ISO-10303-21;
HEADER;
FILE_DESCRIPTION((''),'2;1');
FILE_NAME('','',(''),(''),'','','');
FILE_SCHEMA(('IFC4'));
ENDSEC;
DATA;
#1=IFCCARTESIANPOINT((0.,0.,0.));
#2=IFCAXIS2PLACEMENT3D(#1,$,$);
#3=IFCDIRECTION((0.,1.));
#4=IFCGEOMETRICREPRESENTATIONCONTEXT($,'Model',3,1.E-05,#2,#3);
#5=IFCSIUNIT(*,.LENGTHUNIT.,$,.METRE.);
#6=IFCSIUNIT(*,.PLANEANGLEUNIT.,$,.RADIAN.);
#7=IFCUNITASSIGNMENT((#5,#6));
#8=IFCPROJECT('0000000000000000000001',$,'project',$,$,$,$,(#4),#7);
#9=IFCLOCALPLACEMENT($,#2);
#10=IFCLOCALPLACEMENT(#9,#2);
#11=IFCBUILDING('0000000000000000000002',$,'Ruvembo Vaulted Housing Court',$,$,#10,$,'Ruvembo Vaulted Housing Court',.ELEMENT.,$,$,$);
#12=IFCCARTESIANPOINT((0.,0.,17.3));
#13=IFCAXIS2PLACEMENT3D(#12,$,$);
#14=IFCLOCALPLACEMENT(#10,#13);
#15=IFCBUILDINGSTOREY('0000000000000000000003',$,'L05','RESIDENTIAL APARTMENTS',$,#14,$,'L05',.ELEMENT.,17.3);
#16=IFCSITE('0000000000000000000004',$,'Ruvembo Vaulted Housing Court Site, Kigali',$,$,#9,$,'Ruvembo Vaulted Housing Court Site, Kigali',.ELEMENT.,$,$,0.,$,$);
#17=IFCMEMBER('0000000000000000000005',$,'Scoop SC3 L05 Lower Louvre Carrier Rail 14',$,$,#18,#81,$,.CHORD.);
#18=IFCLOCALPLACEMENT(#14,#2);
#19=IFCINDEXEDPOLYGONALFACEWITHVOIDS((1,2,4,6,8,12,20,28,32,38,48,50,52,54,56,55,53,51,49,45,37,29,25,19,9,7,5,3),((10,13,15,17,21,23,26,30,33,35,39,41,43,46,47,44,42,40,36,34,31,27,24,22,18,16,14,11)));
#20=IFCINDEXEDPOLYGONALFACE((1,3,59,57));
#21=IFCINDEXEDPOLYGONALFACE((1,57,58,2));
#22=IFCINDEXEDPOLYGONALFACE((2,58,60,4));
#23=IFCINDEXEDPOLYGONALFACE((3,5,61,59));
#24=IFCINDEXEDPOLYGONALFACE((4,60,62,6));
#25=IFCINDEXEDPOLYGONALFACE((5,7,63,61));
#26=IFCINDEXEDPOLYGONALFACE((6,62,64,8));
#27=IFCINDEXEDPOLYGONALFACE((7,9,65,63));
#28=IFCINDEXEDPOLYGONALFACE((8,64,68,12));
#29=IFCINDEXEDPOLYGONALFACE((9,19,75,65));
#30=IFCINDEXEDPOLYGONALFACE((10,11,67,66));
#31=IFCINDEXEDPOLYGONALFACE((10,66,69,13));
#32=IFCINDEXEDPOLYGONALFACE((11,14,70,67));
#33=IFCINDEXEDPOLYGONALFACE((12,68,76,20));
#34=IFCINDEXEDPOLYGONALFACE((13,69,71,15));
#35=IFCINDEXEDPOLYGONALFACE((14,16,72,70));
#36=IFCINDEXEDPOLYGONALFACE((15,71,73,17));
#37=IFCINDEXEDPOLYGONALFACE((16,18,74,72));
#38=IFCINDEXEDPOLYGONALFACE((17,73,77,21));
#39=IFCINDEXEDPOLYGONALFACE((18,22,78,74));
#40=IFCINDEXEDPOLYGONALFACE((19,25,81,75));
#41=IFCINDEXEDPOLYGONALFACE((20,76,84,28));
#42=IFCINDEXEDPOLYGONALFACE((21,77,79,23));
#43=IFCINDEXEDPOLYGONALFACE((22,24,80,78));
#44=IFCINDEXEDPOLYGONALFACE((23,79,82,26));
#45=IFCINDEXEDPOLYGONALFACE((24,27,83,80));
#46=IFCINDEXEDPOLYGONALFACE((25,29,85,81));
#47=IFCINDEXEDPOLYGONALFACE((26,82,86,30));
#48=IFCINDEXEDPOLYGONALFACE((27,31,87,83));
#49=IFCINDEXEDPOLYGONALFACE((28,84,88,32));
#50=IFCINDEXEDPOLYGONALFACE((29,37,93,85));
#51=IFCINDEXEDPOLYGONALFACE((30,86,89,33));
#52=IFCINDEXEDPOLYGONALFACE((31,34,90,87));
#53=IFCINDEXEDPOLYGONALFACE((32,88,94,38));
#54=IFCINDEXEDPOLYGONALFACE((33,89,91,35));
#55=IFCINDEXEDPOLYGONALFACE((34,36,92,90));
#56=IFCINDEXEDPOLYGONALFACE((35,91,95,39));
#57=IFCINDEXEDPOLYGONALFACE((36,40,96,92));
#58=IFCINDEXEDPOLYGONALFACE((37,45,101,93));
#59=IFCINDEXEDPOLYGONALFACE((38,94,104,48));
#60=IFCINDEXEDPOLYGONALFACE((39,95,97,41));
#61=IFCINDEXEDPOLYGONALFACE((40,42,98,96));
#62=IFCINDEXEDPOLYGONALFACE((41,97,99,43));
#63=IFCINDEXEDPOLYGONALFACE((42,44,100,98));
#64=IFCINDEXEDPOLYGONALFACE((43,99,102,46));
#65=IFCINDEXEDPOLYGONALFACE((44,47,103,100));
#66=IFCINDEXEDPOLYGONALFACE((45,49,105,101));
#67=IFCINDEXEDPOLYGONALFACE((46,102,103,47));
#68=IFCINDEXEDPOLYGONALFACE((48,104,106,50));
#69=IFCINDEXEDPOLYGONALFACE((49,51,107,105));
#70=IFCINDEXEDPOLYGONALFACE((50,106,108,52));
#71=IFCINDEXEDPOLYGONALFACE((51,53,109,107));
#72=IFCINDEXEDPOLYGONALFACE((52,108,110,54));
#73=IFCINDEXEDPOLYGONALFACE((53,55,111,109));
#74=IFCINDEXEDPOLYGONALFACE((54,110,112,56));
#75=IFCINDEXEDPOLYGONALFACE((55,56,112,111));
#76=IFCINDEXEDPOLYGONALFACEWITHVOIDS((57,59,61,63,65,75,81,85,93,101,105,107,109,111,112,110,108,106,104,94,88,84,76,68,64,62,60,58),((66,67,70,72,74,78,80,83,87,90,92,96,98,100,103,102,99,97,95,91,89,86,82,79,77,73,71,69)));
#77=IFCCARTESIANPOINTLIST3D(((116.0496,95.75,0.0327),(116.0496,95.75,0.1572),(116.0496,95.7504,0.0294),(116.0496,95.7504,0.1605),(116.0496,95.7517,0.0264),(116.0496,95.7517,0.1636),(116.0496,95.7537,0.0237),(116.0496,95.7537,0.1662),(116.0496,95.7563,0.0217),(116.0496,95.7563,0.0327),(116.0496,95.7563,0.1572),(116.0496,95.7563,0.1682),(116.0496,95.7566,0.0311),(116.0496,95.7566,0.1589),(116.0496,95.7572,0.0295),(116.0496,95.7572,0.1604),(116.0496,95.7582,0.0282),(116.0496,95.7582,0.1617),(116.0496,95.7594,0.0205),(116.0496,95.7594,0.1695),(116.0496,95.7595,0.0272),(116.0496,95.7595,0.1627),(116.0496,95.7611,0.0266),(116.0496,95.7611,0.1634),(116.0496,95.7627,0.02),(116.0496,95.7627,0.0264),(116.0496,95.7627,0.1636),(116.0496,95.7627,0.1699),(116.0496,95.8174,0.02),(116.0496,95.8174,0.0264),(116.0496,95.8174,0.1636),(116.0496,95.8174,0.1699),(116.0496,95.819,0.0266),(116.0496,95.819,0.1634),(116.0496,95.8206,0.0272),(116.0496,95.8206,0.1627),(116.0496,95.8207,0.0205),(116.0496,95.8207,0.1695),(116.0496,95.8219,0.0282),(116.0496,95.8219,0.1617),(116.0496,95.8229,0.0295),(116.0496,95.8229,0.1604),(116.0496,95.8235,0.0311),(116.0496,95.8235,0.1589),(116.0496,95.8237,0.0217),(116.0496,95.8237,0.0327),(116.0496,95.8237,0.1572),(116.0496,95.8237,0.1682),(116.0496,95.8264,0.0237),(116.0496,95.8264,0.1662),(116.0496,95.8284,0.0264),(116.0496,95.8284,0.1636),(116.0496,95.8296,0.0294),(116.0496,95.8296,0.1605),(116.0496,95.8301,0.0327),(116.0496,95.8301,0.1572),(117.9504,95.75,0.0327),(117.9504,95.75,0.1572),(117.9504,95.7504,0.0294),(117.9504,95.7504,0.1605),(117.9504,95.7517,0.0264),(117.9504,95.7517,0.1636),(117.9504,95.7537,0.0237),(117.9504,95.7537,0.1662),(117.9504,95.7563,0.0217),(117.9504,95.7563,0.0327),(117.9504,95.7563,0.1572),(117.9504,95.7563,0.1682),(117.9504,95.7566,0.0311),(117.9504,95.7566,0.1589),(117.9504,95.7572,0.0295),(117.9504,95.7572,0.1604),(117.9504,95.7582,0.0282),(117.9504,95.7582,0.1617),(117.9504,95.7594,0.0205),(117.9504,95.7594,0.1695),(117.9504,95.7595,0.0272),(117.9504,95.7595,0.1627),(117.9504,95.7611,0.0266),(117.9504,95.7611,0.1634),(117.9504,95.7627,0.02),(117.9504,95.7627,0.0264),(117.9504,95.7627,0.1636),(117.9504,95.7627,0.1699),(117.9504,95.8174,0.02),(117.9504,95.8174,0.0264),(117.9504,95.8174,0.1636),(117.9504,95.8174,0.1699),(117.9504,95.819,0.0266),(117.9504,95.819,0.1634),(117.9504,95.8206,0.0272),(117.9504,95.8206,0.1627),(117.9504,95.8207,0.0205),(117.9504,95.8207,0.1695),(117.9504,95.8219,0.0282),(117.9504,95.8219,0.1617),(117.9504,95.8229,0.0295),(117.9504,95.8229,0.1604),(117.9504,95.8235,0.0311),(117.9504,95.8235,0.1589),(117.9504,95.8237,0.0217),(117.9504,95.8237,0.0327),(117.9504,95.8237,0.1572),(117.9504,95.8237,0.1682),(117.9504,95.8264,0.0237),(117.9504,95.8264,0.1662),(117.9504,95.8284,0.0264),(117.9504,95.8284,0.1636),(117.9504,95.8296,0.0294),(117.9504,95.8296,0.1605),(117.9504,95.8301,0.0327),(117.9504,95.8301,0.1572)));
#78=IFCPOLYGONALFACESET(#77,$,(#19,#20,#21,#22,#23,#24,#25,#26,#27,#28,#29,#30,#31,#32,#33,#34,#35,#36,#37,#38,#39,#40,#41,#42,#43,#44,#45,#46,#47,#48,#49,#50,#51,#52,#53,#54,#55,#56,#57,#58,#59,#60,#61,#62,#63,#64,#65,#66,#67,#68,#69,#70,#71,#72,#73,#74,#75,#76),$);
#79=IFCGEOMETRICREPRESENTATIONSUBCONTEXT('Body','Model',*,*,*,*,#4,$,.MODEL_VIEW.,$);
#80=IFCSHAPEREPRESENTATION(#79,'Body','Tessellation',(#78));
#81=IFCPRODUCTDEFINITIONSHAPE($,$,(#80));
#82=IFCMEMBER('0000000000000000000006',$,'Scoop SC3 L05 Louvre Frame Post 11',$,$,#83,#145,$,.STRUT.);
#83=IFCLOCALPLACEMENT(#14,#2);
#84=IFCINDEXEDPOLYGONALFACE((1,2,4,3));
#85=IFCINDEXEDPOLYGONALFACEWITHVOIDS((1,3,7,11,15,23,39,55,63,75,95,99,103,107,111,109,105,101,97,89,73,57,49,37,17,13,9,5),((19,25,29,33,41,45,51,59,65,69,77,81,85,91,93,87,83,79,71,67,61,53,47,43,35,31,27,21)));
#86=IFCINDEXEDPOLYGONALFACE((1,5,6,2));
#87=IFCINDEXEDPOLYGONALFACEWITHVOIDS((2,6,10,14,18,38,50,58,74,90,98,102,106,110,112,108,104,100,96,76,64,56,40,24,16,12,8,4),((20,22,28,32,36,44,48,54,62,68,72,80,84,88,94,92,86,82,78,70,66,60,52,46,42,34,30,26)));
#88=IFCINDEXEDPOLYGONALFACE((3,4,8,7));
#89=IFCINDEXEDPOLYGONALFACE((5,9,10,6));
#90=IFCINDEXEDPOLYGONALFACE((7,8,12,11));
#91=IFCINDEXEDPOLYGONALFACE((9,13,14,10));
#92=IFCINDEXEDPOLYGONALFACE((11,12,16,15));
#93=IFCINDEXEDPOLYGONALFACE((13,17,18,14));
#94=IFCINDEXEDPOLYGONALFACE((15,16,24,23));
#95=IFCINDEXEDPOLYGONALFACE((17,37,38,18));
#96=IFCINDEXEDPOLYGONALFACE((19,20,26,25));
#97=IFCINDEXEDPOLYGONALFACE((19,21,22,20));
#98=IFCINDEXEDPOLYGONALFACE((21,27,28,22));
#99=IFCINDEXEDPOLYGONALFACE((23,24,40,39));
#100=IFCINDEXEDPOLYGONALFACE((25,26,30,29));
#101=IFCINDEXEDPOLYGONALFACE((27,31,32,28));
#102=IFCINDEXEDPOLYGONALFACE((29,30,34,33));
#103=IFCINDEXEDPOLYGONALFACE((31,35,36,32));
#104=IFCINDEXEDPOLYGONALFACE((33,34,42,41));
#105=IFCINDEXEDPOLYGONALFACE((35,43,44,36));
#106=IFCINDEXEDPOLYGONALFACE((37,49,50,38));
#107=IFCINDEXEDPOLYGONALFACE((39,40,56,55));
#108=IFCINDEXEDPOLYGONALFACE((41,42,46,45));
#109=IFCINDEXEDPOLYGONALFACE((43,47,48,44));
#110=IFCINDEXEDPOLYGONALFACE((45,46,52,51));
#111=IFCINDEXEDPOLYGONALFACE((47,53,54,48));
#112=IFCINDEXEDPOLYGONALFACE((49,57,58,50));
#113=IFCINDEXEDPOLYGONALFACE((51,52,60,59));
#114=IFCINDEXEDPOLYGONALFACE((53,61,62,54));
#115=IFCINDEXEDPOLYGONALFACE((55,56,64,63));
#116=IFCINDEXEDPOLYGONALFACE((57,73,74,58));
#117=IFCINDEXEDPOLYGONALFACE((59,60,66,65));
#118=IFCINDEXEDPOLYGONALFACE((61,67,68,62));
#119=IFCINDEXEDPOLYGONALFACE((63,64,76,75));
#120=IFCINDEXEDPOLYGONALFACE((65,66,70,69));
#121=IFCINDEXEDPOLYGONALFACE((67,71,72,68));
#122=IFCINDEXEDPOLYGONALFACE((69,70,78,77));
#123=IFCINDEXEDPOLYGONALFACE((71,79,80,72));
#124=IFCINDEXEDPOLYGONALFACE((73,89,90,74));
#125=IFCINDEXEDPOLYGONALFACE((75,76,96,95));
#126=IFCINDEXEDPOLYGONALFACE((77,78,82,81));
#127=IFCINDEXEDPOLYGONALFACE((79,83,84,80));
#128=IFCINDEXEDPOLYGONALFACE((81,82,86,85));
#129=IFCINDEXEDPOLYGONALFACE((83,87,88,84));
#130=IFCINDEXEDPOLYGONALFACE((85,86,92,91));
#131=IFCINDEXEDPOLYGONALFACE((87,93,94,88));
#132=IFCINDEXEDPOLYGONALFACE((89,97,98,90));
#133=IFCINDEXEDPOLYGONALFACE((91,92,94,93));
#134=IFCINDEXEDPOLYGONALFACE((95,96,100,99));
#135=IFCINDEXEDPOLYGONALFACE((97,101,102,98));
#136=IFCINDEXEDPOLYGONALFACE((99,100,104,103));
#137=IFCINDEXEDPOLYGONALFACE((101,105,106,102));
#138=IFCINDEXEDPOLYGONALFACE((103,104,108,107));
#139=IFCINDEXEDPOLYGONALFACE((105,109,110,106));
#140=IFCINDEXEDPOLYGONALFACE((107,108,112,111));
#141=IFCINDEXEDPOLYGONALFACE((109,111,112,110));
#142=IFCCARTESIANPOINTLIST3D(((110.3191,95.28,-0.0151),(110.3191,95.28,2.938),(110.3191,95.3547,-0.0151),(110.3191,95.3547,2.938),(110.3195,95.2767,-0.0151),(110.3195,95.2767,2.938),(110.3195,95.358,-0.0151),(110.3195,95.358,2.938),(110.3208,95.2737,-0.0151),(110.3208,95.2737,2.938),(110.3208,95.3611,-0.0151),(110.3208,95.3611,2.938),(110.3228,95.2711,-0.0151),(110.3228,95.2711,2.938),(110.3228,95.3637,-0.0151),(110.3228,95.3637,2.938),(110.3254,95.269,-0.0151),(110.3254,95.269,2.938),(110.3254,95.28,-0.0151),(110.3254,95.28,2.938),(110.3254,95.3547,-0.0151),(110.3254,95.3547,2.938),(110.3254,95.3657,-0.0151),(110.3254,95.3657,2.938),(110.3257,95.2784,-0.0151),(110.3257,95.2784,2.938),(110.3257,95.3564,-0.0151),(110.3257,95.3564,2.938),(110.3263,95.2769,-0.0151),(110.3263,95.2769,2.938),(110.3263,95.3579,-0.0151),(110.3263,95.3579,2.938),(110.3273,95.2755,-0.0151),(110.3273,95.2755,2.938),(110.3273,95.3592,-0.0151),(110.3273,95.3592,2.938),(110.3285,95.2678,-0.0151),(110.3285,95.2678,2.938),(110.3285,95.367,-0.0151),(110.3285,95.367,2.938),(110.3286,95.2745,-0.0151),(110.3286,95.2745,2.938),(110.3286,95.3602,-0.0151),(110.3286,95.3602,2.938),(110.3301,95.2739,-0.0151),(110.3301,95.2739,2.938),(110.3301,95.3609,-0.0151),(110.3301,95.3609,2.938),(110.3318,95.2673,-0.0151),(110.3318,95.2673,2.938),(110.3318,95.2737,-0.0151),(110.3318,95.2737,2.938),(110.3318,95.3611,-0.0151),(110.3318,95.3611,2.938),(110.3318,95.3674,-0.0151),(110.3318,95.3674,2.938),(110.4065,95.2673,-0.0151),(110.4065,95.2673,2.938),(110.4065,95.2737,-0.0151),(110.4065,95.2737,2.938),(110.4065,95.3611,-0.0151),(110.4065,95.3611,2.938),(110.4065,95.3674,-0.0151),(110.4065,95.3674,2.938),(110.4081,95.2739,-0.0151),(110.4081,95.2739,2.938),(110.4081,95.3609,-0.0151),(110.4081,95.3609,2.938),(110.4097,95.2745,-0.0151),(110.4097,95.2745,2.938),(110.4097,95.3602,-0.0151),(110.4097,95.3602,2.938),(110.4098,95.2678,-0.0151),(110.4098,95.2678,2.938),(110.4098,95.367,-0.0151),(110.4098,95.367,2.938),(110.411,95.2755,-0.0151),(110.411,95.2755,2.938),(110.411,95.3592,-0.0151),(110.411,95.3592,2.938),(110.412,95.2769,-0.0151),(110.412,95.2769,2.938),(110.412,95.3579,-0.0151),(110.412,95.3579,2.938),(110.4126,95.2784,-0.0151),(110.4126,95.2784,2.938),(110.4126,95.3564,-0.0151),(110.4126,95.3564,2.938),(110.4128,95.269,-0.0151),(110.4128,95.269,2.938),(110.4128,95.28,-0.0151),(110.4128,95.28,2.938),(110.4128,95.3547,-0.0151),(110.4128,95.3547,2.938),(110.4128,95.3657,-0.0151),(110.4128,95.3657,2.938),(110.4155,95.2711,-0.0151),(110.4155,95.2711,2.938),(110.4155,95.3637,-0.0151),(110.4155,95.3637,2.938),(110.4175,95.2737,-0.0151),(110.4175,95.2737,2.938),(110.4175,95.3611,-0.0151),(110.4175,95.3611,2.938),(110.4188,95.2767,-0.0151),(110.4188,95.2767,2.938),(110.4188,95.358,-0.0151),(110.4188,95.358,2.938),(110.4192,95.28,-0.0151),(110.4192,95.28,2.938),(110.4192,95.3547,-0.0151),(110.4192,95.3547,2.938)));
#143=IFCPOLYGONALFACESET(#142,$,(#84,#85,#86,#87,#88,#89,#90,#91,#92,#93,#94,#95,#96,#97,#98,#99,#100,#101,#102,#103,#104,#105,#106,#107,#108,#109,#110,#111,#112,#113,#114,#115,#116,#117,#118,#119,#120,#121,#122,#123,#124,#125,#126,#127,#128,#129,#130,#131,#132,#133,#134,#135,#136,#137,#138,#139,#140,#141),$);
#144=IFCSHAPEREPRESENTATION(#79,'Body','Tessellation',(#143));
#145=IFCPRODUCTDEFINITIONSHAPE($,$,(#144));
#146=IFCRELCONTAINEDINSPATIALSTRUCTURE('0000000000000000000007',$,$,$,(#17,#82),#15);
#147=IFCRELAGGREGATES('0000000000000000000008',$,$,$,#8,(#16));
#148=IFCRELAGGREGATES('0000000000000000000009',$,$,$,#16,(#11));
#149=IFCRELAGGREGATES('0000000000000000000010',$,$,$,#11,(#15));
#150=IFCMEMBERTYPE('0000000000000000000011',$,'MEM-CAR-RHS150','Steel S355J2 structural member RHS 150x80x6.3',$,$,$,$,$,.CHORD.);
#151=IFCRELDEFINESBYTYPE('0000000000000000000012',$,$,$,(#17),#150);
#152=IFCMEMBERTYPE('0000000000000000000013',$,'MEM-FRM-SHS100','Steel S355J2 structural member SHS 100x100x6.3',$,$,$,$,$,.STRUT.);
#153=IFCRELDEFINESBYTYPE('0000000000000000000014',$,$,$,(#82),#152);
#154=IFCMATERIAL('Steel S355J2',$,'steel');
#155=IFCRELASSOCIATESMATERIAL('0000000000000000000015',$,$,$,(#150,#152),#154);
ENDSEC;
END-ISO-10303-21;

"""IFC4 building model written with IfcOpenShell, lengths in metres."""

from ifc_helpers import new_model, si_unit, direction, frame, origin, origin_2d, place, context, subcontext, project, spatial, hollow_rectangle, extrude, material, material_profile, profile_set, type_object, element, save


model = new_model("IFC4")

# Units and contexts
model_context = context("Model", 3, precision=1e-05, world=origin(), true_north=direction((0.0, 1.0)))
body_context = subcontext(model_context, "Body", "Model", "MODEL_VIEW")
ifc_project = project(units=[si_unit("LENGTHUNIT", "METRE"), si_unit("PLANEANGLEUNIT", "RADIAN")], contexts=[model_context])

# Site, building, storey
site_placement = place(None, origin())
site = spatial("IfcSite", under=ifc_project, at=site_placement, Name="Ruvembo Vaulted Housing Court Site, Kigali", LongName="Ruvembo Vaulted Housing Court Site, Kigali", CompositionType="ELEMENT", RefElevation=0.0)
building_placement = place(site_placement, origin())
building = spatial("IfcBuilding", under=site, at=building_placement, Name="Ruvembo Vaulted Housing Court", LongName="Ruvembo Vaulted Housing Court", CompositionType="ELEMENT")
storey_placement = place(building_placement, frame((0.0, 0.0, 17.3)))
storey = spatial("IfcBuildingStorey", under=building, at=storey_placement, Name="L05", Description="RESIDENTIAL APARTMENTS", LongName="L05", CompositionType="ELEMENT", Elevation=17.3)

# Shared definitions
ifc_material_1 = material(Name="Steel S355J2", Category="steel")

# Members
ifc_material_profile_1 = material_profile(ifc_material_1, hollow_rectangle(XDim=0.0801, YDim=0.1499, WallThickness=0.0063, InnerFilletRadius=0.0063, OuterFilletRadius=0.0127, at=origin_2d()), Name="RHS 150x80x6.3")
ifc_profile_set_1 = profile_set([ifc_material_profile_1], Name="Steel S355J2")
member_type_1 = type_object("IfcMemberType", Name="MEM-CAR-RHS150", Description="Steel S355J2 structural member RHS 150x80x6.3", PredefinedType="CHORD", material=ifc_profile_set_1)
member_1_placement = place(storey_placement, frame((116.0496, 95.79, 0.095), z_axis=(1.0, 0.0, 0.0), x_axis=(0.0, 1.0, 0.0)))
element("IfcMember", 1, at=member_1_placement, inside=storey, type_object=member_type_1, Name="Scoop SC3 L05 Lower Louvre Carrier Rail 14", PredefinedType="CHORD", context=body_context, shape_type="SweptSolid", body=[
    extrude(hollow_rectangle(XDim=0.0801, YDim=0.1499, WallThickness=0.0063, InnerFilletRadius=0.0063, OuterFilletRadius=0.0127, at=origin_2d()), origin(), (0.0, 0.0, 1.0), 1.9009),
])
ifc_material_profile_2 = material_profile(ifc_material_1, hollow_rectangle(XDim=0.1001, YDim=0.1001, WallThickness=0.0063, InnerFilletRadius=0.0063, OuterFilletRadius=0.0127, at=origin_2d()), Name="SHS 100x100x6.3")
ifc_profile_set_2 = profile_set([ifc_material_profile_2], Name="Steel S355J2")
member_type_2 = type_object("IfcMemberType", Name="MEM-FRM-SHS100", Description="Steel S355J2 structural member SHS 100x100x6.3", PredefinedType="STRUT", material=ifc_profile_set_2)
for number, where, z_axis, x_axis, name in (
    (2, (110.3691, 95.3174, -0.0151), (0.0, 0.0, 1.0), (1.0, 0.0, 0.0), "Scoop SC3 L05 Louvre Frame Post 11"),
):
    element("IfcMember", number, at=place(storey_placement, frame(where, z_axis=z_axis, x_axis=x_axis)), inside=storey, type_object=member_type_2, Name=name, PredefinedType="STRUT", context=body_context, shape_type="SweptSolid", body=[
        extrude(hollow_rectangle(XDim=0.1001, YDim=0.1001, WallThickness=0.0063, InnerFilletRadius=0.0063, OuterFilletRadius=0.0127, at=origin_2d()), origin(), (0.0, 0.0, 1.0), 2.9531),
    ])

save(model, "model.ifc")
